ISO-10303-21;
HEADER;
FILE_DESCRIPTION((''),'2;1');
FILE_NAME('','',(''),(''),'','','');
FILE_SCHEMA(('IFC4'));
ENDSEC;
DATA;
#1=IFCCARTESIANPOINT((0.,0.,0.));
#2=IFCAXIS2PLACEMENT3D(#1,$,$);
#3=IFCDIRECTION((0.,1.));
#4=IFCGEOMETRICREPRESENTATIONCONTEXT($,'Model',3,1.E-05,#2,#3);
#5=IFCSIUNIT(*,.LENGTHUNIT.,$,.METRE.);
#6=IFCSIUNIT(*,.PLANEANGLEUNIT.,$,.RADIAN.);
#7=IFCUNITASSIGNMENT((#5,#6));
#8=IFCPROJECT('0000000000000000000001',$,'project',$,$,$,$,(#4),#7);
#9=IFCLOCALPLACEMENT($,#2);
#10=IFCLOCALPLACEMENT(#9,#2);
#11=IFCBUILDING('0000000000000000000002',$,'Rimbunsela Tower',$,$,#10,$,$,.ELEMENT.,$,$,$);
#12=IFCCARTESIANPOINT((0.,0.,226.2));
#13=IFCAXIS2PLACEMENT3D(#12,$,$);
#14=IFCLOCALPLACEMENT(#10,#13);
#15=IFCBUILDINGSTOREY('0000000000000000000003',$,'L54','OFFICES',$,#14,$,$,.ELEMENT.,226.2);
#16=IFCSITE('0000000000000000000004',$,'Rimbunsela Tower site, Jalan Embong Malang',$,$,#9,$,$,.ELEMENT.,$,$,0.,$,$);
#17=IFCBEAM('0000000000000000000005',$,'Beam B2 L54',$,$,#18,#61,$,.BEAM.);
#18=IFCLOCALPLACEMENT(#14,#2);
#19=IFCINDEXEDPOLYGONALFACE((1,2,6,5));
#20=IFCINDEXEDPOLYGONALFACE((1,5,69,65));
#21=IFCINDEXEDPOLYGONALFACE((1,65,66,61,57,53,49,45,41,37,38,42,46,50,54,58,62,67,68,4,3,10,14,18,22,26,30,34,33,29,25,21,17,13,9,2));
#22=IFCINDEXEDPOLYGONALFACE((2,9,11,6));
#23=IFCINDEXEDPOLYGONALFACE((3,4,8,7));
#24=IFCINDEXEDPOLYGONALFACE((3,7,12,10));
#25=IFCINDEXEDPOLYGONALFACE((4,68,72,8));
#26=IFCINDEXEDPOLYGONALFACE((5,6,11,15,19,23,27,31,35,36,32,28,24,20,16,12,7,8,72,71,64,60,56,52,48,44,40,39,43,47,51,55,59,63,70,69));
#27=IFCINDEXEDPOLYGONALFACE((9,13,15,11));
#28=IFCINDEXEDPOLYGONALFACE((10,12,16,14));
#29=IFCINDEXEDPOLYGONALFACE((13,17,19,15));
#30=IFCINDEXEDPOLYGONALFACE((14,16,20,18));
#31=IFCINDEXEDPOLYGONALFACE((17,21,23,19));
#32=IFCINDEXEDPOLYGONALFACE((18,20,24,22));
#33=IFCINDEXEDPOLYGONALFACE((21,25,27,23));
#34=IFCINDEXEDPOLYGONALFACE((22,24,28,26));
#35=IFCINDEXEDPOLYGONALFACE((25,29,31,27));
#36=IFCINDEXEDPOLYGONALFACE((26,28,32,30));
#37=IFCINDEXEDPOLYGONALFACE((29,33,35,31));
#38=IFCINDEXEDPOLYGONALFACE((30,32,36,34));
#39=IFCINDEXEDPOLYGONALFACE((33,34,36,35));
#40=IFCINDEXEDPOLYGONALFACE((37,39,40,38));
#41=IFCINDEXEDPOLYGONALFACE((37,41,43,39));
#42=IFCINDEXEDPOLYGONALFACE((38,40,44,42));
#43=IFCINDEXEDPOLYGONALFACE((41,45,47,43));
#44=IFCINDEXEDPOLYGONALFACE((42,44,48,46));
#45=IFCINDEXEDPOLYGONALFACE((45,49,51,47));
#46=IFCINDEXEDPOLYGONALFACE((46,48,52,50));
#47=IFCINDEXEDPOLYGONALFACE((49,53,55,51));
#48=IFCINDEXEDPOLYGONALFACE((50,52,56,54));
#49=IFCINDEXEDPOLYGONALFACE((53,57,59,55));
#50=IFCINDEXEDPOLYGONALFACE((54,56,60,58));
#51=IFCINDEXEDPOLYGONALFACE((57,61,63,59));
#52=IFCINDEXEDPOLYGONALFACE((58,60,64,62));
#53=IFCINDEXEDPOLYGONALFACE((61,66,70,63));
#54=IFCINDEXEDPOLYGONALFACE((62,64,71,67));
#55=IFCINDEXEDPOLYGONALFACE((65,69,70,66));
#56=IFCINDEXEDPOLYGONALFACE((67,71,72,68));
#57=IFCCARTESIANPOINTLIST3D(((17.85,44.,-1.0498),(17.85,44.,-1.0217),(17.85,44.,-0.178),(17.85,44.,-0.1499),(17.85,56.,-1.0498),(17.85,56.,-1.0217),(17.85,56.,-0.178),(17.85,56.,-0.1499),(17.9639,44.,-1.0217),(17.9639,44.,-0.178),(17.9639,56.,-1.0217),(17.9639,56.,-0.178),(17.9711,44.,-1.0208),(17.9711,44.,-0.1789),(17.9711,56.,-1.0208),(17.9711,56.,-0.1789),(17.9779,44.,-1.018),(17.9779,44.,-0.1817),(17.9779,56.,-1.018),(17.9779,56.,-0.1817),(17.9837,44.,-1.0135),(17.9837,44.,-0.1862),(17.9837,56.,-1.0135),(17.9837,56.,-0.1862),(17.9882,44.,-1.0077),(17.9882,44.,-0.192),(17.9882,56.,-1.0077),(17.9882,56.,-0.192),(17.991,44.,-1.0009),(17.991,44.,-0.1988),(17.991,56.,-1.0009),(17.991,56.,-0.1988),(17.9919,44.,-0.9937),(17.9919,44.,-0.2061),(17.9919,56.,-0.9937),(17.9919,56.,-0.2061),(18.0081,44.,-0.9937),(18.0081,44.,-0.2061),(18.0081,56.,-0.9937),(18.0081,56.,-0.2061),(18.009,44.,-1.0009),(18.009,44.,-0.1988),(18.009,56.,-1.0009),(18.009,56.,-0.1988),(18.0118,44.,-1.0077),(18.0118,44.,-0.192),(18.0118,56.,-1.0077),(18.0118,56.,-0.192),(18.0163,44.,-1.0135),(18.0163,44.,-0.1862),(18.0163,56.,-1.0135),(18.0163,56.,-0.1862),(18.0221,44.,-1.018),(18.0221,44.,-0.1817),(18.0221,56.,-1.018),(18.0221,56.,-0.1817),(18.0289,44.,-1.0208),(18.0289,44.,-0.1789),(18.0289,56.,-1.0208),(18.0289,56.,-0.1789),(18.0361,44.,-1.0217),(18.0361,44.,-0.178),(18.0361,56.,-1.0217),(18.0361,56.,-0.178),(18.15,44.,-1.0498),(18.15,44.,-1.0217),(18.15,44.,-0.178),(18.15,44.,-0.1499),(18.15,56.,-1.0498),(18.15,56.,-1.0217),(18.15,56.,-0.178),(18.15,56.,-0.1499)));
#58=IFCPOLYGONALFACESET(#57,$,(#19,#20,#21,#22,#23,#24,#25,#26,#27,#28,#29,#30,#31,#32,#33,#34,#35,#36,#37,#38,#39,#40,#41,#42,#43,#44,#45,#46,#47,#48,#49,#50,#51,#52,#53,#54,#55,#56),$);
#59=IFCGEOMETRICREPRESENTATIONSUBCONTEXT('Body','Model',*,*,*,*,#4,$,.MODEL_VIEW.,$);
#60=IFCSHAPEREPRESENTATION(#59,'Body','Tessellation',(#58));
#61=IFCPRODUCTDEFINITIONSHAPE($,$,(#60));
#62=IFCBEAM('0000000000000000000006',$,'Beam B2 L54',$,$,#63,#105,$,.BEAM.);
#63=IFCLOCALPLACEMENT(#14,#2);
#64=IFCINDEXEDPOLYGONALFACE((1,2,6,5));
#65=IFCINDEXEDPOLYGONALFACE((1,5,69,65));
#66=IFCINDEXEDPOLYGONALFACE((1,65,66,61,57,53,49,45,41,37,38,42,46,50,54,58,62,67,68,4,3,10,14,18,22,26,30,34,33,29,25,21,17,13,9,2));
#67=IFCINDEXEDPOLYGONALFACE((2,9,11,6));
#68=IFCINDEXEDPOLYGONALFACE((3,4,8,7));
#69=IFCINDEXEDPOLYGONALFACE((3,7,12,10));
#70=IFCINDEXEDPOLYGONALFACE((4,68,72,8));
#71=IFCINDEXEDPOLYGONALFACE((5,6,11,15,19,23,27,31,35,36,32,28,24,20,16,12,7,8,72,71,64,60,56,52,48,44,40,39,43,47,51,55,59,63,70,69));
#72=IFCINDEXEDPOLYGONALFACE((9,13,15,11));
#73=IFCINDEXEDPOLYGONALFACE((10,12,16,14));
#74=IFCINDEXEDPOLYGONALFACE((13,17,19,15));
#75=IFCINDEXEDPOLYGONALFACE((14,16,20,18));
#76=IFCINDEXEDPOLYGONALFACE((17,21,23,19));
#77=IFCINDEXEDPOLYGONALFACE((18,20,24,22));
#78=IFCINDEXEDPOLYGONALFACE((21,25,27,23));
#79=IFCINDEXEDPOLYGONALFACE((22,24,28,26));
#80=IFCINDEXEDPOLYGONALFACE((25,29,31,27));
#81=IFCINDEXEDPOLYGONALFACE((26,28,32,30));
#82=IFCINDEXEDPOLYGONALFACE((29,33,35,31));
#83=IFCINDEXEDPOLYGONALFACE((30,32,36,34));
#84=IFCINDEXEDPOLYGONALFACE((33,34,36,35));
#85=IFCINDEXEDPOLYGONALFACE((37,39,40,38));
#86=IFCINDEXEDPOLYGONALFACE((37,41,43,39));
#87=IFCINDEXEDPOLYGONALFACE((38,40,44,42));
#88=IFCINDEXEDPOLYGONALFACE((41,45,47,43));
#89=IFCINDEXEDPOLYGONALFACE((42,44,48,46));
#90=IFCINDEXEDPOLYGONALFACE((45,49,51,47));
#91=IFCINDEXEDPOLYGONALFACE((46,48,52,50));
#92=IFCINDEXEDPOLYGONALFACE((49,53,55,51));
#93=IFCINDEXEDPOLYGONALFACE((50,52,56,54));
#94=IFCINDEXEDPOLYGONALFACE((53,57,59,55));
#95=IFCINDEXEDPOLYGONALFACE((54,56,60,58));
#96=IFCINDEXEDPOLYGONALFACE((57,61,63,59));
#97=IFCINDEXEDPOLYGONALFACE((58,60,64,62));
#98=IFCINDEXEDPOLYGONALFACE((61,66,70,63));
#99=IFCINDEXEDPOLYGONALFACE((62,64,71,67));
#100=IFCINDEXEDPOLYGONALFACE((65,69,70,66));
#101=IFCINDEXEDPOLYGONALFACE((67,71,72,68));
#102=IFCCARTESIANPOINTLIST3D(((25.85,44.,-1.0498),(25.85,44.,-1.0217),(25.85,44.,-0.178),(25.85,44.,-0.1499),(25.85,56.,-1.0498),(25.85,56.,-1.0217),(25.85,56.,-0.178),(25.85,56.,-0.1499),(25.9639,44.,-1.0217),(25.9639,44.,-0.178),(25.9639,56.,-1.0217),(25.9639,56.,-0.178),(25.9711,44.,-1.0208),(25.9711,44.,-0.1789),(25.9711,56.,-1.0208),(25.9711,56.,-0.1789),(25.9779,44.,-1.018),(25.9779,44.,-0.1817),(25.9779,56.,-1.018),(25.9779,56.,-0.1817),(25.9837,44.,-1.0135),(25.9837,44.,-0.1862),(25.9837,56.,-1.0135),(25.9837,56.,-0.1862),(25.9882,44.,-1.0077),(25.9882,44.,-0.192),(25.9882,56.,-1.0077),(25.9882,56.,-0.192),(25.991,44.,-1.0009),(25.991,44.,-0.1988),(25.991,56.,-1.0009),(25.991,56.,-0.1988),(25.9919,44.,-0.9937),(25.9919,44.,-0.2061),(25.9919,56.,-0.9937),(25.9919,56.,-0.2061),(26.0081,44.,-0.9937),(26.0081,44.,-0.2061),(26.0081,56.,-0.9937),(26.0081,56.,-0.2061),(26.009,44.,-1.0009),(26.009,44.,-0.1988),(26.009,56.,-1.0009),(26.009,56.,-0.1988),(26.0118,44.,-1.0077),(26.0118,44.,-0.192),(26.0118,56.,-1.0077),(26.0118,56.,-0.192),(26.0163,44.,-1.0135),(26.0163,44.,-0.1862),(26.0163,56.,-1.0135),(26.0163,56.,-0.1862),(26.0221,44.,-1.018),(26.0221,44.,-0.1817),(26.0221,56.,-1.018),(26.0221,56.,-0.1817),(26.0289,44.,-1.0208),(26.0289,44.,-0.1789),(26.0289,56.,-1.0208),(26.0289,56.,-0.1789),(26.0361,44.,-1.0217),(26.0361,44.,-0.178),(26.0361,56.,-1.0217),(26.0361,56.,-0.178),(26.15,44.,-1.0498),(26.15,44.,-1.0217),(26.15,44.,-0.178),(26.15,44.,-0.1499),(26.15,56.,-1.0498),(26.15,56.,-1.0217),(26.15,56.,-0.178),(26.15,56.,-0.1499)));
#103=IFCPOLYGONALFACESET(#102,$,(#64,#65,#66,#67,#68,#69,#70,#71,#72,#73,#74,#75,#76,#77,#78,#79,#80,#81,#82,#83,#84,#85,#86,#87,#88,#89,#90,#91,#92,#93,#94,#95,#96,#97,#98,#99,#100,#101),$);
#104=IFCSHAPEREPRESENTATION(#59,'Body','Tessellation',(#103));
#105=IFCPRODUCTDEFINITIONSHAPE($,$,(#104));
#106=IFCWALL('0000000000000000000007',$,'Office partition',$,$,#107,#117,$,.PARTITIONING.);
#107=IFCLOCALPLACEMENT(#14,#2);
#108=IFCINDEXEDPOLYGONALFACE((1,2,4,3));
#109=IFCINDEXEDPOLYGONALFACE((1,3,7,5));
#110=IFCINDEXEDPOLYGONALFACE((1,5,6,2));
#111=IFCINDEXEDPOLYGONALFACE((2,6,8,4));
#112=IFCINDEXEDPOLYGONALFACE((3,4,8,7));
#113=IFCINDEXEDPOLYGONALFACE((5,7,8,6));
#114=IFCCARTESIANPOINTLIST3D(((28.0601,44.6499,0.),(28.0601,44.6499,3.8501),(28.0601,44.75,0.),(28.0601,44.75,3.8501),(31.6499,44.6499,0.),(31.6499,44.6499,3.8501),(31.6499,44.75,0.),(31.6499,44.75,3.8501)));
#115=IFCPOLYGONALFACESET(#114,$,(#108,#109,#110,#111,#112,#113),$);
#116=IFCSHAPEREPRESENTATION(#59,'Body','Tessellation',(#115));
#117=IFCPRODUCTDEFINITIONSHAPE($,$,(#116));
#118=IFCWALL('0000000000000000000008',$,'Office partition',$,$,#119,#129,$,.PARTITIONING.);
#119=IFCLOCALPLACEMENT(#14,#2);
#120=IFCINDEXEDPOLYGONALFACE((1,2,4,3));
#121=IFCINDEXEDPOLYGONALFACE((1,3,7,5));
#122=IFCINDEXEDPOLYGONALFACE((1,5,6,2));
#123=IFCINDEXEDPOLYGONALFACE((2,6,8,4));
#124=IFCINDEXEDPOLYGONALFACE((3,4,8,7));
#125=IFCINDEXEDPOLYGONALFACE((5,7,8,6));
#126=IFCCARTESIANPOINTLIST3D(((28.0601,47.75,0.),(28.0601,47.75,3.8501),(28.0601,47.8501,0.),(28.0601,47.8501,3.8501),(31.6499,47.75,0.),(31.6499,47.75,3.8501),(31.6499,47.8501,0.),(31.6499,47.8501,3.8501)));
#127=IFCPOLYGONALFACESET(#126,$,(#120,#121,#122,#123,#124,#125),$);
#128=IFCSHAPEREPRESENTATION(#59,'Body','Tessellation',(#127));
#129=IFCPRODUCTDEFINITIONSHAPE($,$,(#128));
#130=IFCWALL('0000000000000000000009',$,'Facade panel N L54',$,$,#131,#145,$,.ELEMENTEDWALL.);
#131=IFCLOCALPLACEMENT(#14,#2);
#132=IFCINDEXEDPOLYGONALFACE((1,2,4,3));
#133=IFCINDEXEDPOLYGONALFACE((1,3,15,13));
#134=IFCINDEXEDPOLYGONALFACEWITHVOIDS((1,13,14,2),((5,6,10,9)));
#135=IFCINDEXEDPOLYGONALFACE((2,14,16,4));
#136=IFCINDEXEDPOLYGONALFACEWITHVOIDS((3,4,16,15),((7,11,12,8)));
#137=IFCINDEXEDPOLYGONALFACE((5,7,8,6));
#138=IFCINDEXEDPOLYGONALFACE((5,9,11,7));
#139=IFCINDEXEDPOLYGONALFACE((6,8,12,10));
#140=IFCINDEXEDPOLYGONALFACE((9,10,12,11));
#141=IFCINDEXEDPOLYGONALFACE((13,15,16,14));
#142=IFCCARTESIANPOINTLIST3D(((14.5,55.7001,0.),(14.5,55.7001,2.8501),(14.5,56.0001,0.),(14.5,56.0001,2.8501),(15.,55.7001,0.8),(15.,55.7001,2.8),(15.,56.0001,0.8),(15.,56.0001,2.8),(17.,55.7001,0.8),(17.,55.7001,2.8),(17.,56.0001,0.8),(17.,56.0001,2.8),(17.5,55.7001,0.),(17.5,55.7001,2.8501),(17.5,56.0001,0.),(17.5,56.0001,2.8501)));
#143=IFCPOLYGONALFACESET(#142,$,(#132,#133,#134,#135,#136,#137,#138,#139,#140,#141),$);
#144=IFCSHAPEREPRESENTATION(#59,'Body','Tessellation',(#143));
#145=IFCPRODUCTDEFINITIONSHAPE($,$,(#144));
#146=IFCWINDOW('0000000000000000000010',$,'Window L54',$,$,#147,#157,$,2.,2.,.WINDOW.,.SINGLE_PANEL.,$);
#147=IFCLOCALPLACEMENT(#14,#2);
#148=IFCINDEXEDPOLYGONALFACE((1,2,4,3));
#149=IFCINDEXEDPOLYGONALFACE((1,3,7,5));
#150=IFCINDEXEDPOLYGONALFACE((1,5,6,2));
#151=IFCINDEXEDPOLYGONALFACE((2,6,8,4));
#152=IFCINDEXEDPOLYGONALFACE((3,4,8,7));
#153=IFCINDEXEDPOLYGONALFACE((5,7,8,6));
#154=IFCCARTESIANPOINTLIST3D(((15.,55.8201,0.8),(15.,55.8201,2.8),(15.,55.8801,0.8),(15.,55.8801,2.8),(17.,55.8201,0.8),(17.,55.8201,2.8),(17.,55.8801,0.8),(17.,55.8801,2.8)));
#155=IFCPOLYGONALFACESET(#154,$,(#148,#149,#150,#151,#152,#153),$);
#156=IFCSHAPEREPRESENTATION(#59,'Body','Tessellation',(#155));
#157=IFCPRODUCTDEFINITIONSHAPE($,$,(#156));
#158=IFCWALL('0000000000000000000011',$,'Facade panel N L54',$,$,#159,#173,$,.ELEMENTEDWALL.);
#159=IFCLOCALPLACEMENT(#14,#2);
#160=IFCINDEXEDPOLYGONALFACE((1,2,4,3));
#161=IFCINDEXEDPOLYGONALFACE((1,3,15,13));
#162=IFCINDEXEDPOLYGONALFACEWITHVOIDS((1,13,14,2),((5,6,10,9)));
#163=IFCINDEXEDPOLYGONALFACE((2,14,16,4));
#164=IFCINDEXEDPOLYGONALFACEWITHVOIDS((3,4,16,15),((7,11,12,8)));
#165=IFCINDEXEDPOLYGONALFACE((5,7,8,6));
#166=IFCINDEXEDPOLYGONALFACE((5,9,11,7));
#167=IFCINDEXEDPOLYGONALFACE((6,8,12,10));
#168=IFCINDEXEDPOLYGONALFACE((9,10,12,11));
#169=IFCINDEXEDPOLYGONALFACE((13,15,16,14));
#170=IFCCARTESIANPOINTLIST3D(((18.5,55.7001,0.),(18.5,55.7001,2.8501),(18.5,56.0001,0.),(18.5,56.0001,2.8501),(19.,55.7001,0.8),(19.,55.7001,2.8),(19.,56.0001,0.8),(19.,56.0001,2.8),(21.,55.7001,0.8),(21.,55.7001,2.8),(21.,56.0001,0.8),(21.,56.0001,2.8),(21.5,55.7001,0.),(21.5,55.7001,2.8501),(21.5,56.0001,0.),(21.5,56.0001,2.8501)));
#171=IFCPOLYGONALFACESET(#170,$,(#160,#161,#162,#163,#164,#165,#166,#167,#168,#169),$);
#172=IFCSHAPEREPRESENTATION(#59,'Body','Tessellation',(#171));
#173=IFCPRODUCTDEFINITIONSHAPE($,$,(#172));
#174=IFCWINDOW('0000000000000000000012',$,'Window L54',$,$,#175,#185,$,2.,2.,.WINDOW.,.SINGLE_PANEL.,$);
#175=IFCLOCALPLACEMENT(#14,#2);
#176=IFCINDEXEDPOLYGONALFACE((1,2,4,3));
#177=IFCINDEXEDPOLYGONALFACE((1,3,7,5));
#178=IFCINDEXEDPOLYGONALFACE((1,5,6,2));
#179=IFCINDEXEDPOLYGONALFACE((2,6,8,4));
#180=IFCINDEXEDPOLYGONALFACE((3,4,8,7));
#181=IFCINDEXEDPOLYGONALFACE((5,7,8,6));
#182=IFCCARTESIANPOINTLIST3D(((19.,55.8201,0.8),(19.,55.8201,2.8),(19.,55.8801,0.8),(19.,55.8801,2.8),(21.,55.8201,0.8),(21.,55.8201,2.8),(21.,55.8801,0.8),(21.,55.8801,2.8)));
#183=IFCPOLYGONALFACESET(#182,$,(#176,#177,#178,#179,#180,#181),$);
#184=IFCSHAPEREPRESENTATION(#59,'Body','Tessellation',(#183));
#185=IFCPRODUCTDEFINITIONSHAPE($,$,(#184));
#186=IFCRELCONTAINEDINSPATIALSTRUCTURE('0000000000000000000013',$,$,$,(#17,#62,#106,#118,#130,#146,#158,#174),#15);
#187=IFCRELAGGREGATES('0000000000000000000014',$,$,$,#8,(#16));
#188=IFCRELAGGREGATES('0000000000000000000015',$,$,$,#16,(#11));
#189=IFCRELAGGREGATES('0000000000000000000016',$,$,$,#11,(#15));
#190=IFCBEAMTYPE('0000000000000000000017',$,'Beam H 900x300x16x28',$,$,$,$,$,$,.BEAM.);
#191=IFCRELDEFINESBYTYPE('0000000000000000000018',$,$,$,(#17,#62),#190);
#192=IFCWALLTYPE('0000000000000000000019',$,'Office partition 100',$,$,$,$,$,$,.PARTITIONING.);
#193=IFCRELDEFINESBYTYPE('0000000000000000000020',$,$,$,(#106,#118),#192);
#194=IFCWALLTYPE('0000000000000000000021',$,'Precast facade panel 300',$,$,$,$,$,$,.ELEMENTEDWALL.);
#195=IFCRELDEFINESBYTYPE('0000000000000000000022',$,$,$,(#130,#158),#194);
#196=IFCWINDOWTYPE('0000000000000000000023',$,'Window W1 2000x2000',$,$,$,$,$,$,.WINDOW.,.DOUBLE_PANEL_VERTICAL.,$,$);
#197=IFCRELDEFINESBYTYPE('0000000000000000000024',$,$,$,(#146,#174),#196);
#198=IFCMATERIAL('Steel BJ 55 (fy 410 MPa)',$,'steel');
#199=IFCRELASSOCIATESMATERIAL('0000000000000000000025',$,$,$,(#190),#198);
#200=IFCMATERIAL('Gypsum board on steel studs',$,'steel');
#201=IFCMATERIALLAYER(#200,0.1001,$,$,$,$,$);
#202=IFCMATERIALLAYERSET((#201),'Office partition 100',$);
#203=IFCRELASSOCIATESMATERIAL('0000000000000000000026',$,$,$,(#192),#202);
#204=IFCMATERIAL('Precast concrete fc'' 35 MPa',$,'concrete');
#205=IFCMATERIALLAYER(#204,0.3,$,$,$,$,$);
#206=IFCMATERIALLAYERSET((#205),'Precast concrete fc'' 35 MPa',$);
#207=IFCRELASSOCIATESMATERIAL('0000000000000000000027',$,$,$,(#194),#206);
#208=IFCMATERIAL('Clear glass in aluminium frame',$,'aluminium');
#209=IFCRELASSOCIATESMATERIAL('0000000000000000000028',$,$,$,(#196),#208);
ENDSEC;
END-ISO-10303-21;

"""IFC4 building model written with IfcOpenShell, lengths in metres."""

from ifc_helpers import new_model, si_unit, direction, frame, frame_2d, origin, origin_2d, place, context, subcontext, project, spatial, rectangle, i_section, extrude, material, layer, layer_set, material_profile, profile_set, type_object, element, fill, save


model = new_model("IFC4")

# Units and contexts
model_context = context("Model", 3, precision=1e-05, world=origin(), true_north=direction((0.0, 1.0)))
body_context = subcontext(model_context, "Body", "Model", "MODEL_VIEW")
ifc_project = project(units=[si_unit("LENGTHUNIT", "METRE"), si_unit("PLANEANGLEUNIT", "RADIAN")], contexts=[model_context])

# Site, building, storey
site_placement = place(None, origin())
site = spatial("IfcSite", under=ifc_project, at=site_placement, Name="Rimbunsela Tower site, Jalan Embong Malang", CompositionType="ELEMENT", RefElevation=0.0)
building_placement = place(site_placement, origin())
building = spatial("IfcBuilding", under=site, at=building_placement, Name="Rimbunsela Tower", CompositionType="ELEMENT")
storey_placement = place(building_placement, frame((0.0, 0.0, 226.2)))
storey = spatial("IfcBuildingStorey", under=building, at=storey_placement, Name="L54", Description="OFFICES", CompositionType="ELEMENT", Elevation=226.2)

# Beams
ifc_material_1 = material(Name="Steel BJ 55 (fy 410 MPa)", Category="steel")
ifc_material_profile_1 = material_profile(ifc_material_1, i_section(OverallWidth=0.3, OverallDepth=0.8999, WebThickness=0.0161, FlangeThickness=0.0281, FilletRadius=0.0281, at=origin_2d()), Name="H 900x300x16x28")
ifc_profile_set_1 = profile_set([ifc_material_profile_1], Name="Steel BJ 55 (fy 410 MPa)")
beam_type_1 = type_object("IfcBeamType", Name="Beam H 900x300x16x28", PredefinedType="BEAM", material=ifc_profile_set_1)
for number, where, z_axis, x_axis, name in (
    (1, (18.0, 44.0, -0.5999), (0.0, 1.0, 0.0), (-1.0, 0.0, 0.0), "Beam B2 L54"),
    (2, (26.0, 44.0, -0.5999), (0.0, 1.0, 0.0), (-1.0, 0.0, 0.0), "Beam B2 L54"),
):
    element("IfcBeam", number, at=place(storey_placement, frame(where, z_axis=z_axis, x_axis=x_axis)), inside=storey, type_object=beam_type_1, Name=name, PredefinedType="BEAM", context=body_context, shape_type="SweptSolid", body=[
        extrude(i_section(OverallWidth=0.3, OverallDepth=0.8999, WebThickness=0.0161, FlangeThickness=0.0281, FilletRadius=0.0281, at=origin_2d()), origin(), (0.0, 0.0, 1.0), 12.0),
    ])

# Walls
ifc_material_2 = material(Name="Gypsum board on steel studs", Category="steel")
ifc_layer_1 = layer(ifc_material_2, 0.1001)
ifc_layer_set_1 = layer_set([ifc_layer_1], Name="Office partition 100")
wall_type_1 = type_object("IfcWallType", Name="Office partition 100", PredefinedType="PARTITIONING", material=ifc_layer_set_1)
for number, where, z_axis, x_axis, name in (
    (3, (28.0601, 44.7, 0.0), (0.0, 0.0, 1.0), (1.0, 0.0, 0.0), "Office partition"),
    (4, (28.0601, 47.8, 0.0), (0.0, 0.0, 1.0), (1.0, 0.0, 0.0), "Office partition"),
):
    element("IfcWall", number, at=place(storey_placement, frame(where, z_axis=z_axis, x_axis=x_axis)), inside=storey, type_object=wall_type_1, Name=name, PredefinedType="PARTITIONING", context=body_context, shape_type="SweptSolid", body=[
        extrude(rectangle(XDim=3.5898, YDim=0.1001, at=frame_2d((1.7949, 0.0))), origin(), (0.0, 0.0, 1.0), 3.8501),
    ])

# Walls, openings, windows
ifc_material_3 = material(Name="Precast concrete fc' 35 MPa", Category="concrete")
ifc_layer_2 = layer(ifc_material_3, 0.3)
ifc_layer_set_2 = layer_set([ifc_layer_2], Name="Precast concrete fc' 35 MPa")
wall_type_2 = type_object("IfcWallType", Name="Precast facade panel 300", PredefinedType="ELEMENTEDWALL", material=ifc_layer_set_2)
wall_1_placement = place(storey_placement, frame((17.5, 55.8501, 0.0), z_axis=(0.0, 0.0, 1.0), x_axis=(-1.0, 0.0, 0.0)))
wall_1 = element("IfcWall", 5, at=wall_1_placement, inside=storey, type_object=wall_type_2, Name="Facade panel N L54", PredefinedType="ELEMENTEDWALL", context=body_context, shape_type="SweptSolid", body=[
    extrude(rectangle(XDim=3.0, YDim=0.3, at=frame_2d((1.5, 0.0))), origin(), (0.0, 0.0, 1.0), 2.8501),
])
opening_1_placement = place(wall_1_placement, frame((0.5, 0.0, 0.8)))
opening_1 = element("IfcOpeningElement", 6, at=opening_1_placement, cuts=wall_1, PredefinedType="OPENING", context=body_context, shape_type="SweptSolid", body=[
    extrude(rectangle(XDim=2.0, YDim=2.0, at=frame_2d((1.0, 1.0))), frame((0.0, 0.1599, 0.0), z_axis=(0.0, -1.0, 0.0), x_axis=(1.0, 0.0, 0.0)), (0.0, 0.0, 1.0), 0.3201),
])
ifc_material_4 = material(Name="Clear glass in aluminium frame", Category="aluminium")
window_type_1 = type_object("IfcWindowType", Name="Window W1 2000x2000", PartitioningType="DOUBLE_PANEL_VERTICAL", PredefinedType="WINDOW", material=ifc_material_4)
window_1_placement = place(opening_1_placement, origin())
window_1 = element("IfcWindow", 7, at=window_1_placement, inside=storey, type_object=window_type_1, Name="Window L54", OverallHeight=2.0, OverallWidth=2.0, PartitioningType="SINGLE_PANEL", PredefinedType="WINDOW", context=body_context, shape_type="SweptSolid", body=[
    extrude(rectangle(XDim=2.0, YDim=2.0, at=frame_2d((1.0, 1.0))), frame((0.0, 0.03, 0.0), z_axis=(0.0, -1.0, 0.0), x_axis=(1.0, 0.0, 0.0)), (0.0, 0.0, 1.0), 0.0601),
])
fill(opening_1, window_1)
wall_2_placement = place(storey_placement, frame((21.5, 55.8501, 0.0), z_axis=(0.0, 0.0, 1.0), x_axis=(-1.0, 0.0, 0.0)))
wall_2 = element("IfcWall", 8, at=wall_2_placement, inside=storey, type_object=wall_type_2, Name="Facade panel N L54", PredefinedType="ELEMENTEDWALL", context=body_context, shape_type="SweptSolid", body=[
    extrude(rectangle(XDim=3.0, YDim=0.3, at=frame_2d((1.5, 0.0))), origin(), (0.0, 0.0, 1.0), 2.8501),
])
opening_2_placement = place(wall_2_placement, frame((0.5, 0.0, 0.8)))
opening_2 = element("IfcOpeningElement", 9, at=opening_2_placement, cuts=wall_2, PredefinedType="OPENING", context=body_context, shape_type="SweptSolid", body=[
    extrude(rectangle(XDim=2.0, YDim=2.0, at=frame_2d((1.0, 1.0))), frame((0.0, 0.1599, 0.0), z_axis=(0.0, -1.0, 0.0), x_axis=(1.0, 0.0, 0.0)), (0.0, 0.0, 1.0), 0.3201),
])
window_2_placement = place(opening_2_placement, origin())
window_2 = element("IfcWindow", 10, at=window_2_placement, inside=storey, type_object=window_type_1, Name="Window L54", OverallHeight=2.0, OverallWidth=2.0, PartitioningType="SINGLE_PANEL", PredefinedType="WINDOW", context=body_context, shape_type="SweptSolid", body=[
    extrude(rectangle(XDim=2.0, YDim=2.0, at=frame_2d((1.0, 1.0))), frame((0.0, 0.03, 0.0), z_axis=(0.0, -1.0, 0.0), x_axis=(1.0, 0.0, 0.0)), (0.0, 0.0, 1.0), 0.0601),
])
fill(opening_2, window_2)

save(model, "model.ifc")
